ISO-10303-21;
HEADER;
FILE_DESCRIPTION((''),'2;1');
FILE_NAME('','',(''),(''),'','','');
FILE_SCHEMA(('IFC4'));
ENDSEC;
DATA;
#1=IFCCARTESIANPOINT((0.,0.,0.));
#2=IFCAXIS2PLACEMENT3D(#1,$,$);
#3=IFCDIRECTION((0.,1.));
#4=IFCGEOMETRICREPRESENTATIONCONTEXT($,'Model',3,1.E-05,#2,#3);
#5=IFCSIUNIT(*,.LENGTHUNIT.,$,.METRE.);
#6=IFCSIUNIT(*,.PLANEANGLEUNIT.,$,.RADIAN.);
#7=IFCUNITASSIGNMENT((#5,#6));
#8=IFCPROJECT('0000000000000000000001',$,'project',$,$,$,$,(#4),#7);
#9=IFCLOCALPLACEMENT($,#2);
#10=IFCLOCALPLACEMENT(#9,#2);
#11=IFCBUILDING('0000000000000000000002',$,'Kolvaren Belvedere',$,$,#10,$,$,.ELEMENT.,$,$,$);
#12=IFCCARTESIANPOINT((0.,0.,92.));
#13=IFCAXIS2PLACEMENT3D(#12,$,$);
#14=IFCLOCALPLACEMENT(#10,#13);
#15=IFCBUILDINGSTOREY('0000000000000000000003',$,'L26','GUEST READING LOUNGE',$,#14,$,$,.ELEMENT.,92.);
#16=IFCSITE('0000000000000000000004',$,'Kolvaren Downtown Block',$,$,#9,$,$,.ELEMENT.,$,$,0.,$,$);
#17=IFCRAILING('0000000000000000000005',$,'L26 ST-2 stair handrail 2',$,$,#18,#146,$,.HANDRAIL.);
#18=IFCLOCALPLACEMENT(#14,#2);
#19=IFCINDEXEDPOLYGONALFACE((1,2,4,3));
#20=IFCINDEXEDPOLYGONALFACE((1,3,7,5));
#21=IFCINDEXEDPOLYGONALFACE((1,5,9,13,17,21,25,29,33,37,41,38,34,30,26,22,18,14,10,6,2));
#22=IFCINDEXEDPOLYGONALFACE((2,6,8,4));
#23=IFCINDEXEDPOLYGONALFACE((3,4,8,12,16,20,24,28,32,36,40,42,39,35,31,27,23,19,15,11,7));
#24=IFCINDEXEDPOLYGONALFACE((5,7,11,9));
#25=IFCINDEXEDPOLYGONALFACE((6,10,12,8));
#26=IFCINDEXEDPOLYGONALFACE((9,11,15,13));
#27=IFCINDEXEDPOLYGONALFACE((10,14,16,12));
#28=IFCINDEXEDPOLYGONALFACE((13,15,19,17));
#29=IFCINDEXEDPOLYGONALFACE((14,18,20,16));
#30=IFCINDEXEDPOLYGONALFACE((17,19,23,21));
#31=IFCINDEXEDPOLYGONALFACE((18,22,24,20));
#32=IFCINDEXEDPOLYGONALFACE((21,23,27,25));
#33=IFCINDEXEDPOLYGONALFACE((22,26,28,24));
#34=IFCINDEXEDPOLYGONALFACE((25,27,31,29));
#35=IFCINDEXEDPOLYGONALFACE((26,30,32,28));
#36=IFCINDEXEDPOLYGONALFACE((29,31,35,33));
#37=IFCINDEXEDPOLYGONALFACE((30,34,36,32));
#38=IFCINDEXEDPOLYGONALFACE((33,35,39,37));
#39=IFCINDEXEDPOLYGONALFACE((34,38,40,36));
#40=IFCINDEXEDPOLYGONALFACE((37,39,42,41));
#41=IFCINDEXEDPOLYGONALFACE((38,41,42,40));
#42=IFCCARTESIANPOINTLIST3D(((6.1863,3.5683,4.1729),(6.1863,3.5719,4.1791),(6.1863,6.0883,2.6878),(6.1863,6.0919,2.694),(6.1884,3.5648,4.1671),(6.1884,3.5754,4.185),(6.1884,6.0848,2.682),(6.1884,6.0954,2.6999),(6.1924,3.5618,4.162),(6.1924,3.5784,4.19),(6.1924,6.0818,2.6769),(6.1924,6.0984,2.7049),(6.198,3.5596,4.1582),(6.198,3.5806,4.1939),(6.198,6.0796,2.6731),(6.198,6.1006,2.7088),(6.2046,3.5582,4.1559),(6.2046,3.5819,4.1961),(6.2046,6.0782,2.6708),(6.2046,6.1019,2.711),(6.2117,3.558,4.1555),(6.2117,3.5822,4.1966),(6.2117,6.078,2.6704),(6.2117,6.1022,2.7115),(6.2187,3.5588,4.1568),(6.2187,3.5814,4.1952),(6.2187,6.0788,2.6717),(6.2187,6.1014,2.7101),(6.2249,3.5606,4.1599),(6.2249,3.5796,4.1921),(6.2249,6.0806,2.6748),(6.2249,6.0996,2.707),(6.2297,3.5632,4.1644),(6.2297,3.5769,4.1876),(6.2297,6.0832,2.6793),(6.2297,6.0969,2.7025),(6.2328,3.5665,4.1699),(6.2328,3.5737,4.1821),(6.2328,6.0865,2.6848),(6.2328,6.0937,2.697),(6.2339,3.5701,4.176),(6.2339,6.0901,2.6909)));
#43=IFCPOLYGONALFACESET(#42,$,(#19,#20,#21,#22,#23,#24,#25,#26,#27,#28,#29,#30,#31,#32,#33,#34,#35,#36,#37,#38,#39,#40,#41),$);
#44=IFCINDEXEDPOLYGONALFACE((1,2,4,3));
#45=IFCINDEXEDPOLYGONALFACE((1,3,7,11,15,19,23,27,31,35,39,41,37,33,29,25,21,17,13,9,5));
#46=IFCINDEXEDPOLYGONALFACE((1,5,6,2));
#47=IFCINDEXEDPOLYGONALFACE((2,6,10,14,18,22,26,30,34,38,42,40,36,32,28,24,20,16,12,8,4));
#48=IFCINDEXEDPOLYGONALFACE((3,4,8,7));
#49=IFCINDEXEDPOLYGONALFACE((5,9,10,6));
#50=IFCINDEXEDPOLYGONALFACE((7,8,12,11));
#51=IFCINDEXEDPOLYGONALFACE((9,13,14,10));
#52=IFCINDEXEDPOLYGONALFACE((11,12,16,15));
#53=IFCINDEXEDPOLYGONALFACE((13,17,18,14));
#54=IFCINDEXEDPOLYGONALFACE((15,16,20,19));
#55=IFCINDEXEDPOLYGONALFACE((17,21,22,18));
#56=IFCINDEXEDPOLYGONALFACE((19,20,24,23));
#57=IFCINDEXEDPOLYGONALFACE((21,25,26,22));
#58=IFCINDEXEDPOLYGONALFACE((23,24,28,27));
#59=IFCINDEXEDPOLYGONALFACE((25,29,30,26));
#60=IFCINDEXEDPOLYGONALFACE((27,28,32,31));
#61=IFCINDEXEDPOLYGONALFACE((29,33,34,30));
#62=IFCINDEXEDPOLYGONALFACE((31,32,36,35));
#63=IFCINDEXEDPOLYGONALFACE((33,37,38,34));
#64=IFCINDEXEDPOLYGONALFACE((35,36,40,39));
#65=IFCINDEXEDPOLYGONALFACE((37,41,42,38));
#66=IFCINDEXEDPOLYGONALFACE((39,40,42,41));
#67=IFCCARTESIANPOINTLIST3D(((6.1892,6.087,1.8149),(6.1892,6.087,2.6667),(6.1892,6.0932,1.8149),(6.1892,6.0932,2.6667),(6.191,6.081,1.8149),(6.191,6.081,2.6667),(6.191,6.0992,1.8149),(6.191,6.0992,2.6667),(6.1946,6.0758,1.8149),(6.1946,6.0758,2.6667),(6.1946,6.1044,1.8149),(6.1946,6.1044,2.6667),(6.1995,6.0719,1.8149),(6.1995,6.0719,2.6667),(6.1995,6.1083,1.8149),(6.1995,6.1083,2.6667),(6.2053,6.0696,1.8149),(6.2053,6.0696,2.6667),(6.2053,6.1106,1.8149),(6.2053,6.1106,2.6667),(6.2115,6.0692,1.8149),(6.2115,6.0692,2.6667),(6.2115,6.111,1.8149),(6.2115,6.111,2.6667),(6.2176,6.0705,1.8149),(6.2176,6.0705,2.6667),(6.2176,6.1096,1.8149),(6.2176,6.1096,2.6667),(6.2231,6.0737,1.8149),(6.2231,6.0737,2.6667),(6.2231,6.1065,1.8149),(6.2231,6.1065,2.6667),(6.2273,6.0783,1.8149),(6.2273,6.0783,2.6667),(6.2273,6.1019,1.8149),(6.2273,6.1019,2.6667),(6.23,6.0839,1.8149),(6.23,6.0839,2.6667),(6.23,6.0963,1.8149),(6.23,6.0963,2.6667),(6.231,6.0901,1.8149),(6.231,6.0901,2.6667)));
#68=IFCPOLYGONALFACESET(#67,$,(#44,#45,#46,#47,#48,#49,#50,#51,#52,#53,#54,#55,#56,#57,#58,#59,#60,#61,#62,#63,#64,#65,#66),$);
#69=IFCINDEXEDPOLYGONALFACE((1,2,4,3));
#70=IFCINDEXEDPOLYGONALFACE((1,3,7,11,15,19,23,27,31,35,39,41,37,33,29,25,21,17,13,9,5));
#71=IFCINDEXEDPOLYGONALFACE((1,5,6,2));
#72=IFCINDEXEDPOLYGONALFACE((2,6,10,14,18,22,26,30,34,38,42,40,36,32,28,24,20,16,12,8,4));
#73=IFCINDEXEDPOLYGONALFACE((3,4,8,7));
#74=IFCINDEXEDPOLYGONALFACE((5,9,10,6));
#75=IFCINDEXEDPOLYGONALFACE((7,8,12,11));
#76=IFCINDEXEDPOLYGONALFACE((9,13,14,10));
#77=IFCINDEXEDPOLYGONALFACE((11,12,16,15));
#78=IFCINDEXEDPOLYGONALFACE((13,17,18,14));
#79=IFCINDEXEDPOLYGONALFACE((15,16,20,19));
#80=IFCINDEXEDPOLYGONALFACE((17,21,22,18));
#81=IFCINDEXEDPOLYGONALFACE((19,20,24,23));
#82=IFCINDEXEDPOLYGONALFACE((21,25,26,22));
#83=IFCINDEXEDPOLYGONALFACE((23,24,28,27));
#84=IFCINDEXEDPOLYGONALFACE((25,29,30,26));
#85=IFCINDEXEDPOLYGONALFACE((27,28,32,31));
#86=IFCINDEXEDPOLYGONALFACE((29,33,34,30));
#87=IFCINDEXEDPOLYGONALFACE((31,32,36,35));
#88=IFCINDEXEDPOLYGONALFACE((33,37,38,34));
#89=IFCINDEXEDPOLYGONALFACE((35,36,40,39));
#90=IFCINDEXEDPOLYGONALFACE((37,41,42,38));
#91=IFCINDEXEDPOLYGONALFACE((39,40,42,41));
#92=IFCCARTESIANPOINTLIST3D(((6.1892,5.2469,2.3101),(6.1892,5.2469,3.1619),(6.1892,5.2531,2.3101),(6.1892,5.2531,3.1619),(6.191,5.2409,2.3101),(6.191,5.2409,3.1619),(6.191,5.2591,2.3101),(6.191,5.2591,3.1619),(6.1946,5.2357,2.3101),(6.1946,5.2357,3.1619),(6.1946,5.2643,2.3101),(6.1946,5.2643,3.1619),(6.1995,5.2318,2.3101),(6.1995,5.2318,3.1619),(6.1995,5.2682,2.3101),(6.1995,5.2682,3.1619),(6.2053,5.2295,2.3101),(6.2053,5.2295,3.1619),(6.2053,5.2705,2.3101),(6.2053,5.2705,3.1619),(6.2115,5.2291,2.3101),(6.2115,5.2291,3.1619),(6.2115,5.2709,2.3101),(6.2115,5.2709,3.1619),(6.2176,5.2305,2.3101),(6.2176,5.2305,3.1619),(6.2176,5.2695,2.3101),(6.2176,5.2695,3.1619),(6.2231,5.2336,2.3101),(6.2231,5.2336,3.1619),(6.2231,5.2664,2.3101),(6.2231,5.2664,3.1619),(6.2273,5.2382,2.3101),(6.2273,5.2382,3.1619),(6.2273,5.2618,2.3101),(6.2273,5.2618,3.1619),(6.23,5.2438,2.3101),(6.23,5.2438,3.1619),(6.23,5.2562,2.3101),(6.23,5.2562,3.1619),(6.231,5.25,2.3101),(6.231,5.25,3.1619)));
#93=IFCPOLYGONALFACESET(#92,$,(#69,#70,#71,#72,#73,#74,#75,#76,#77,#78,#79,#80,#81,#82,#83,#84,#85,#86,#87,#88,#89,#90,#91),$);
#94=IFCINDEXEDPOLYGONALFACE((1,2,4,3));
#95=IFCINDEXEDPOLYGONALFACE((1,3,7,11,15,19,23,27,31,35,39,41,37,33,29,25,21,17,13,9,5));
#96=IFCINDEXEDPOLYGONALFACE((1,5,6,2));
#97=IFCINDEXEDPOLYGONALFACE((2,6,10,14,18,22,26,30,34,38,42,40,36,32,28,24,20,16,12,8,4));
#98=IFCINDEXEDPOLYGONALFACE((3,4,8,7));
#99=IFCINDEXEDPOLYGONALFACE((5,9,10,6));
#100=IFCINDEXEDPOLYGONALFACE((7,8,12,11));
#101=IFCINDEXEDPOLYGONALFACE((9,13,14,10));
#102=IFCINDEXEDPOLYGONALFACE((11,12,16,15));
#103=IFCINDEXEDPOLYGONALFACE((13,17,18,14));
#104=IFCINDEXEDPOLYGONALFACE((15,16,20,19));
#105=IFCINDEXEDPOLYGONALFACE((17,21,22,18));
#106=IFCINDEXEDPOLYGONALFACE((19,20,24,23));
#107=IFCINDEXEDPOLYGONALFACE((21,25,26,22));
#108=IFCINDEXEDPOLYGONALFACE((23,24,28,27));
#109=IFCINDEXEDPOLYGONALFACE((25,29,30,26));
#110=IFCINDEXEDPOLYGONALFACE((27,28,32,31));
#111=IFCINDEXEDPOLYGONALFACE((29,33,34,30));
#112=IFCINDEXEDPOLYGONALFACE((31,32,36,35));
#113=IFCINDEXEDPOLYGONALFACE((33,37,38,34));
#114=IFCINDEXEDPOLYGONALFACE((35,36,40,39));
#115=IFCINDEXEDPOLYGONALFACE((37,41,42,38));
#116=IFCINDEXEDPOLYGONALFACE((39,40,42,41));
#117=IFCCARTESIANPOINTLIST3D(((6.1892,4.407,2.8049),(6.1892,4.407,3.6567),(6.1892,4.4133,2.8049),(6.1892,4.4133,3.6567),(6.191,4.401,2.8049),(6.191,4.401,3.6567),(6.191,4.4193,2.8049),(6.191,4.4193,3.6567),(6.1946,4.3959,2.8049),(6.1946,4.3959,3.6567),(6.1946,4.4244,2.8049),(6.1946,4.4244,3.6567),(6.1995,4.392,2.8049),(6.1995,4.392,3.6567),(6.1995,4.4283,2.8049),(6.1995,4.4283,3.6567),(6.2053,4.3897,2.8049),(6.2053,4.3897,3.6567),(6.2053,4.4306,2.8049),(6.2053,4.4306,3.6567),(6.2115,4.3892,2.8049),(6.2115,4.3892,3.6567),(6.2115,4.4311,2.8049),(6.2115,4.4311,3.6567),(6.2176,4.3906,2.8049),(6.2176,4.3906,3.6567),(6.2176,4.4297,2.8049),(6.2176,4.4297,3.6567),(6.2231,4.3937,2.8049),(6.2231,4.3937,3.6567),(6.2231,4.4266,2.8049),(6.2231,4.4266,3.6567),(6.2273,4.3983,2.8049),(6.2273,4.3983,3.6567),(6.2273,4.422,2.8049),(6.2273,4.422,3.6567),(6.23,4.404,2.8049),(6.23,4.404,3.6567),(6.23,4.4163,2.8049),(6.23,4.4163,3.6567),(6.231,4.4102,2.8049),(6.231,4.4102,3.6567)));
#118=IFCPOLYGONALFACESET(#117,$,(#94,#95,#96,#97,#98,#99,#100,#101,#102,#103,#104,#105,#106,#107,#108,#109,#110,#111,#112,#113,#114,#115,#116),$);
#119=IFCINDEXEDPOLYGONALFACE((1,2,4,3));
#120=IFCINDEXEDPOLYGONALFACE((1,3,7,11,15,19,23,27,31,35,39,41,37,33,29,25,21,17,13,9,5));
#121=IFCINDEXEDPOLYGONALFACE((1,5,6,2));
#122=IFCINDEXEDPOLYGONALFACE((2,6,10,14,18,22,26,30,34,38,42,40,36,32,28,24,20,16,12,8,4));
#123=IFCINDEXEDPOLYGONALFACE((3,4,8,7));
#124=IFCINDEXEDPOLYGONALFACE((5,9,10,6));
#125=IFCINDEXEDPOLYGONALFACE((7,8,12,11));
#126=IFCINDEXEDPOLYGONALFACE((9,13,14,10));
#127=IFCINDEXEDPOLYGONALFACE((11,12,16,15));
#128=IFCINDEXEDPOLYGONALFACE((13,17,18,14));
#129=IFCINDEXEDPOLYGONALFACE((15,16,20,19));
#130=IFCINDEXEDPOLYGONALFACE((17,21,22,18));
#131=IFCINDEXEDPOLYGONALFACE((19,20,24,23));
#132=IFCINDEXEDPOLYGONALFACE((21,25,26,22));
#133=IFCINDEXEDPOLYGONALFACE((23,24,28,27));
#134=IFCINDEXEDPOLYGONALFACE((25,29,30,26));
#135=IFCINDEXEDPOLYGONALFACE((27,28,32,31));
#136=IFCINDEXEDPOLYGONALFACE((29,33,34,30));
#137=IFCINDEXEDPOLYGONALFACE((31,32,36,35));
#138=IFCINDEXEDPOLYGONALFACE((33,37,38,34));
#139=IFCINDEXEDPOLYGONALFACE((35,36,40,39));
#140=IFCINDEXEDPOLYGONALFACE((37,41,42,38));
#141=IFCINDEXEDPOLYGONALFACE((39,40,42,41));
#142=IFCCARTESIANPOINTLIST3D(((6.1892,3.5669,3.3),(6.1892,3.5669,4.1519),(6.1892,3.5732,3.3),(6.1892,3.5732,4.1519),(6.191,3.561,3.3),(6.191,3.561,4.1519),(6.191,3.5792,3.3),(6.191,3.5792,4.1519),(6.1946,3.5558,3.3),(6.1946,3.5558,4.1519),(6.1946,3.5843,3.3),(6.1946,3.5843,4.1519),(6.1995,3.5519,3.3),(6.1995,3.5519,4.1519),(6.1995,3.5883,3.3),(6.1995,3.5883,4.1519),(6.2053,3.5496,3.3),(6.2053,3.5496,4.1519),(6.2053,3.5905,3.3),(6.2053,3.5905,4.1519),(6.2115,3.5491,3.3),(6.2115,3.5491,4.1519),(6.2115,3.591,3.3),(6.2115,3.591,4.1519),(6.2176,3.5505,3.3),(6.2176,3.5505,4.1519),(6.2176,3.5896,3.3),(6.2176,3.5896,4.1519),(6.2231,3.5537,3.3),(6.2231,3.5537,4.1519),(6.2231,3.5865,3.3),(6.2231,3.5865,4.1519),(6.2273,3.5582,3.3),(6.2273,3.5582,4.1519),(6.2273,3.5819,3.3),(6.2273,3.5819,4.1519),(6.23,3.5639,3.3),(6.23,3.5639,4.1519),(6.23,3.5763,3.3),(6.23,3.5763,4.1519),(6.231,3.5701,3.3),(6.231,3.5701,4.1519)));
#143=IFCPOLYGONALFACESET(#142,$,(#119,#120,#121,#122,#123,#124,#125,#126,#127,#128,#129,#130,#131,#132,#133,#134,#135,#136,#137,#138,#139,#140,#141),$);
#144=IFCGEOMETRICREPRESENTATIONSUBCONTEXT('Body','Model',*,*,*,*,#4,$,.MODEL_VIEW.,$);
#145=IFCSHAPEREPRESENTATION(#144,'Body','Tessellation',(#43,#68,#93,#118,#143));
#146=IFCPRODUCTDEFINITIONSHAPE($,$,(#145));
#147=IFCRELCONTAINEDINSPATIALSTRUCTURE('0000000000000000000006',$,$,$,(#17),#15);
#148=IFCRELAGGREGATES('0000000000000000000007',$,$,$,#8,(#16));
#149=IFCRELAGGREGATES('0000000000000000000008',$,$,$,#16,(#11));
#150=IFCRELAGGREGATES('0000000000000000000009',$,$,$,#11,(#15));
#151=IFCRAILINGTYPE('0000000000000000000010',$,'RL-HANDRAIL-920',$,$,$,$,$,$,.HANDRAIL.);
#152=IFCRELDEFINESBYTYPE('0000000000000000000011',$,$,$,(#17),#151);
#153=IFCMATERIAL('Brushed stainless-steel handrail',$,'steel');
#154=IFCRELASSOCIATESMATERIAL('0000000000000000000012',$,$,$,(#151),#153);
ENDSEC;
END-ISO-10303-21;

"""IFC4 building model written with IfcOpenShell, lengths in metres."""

from ifc_helpers import new_model, si_unit, direction, frame, origin, origin_2d, place, context, subcontext, project, spatial, circle, extrude, material, type_object, element, save


model = new_model("IFC4")

# Units and contexts
model_context = context("Model", 3, precision=1e-05, world=origin(), true_north=direction((0.0, 1.0)))
body_context = subcontext(model_context, "Body", "Model", "MODEL_VIEW")
ifc_project = project(units=[si_unit("LENGTHUNIT", "METRE"), si_unit("PLANEANGLEUNIT", "RADIAN")], contexts=[model_context])

# Site, building, storey
site_placement = place(None, origin())
site = spatial("IfcSite", under=ifc_project, at=site_placement, Name="Kolvaren Downtown Block", CompositionType="ELEMENT", RefElevation=0.0)
building_placement = place(site_placement, origin())
building = spatial("IfcBuilding", under=site, at=building_placement, Name="Kolvaren Belvedere", CompositionType="ELEMENT")
storey_placement = place(building_placement, frame((0.0, 0.0, 92.0)))
storey = spatial("IfcBuildingStorey", under=building, at=storey_placement, Name="L26", Description="GUEST READING LOUNGE", CompositionType="ELEMENT", Elevation=92.0)

# Railing
ifc_material_1 = material(Name="Brushed stainless-steel handrail", Category="steel")
railing_type_1 = type_object("IfcRailingType", Name="RL-HANDRAIL-920", PredefinedType="HANDRAIL", material=ifc_material_1)
railing_1_placement = place(storey_placement, frame((6.21, 6.0901, 1.8149)))
element("IfcRailing", 1, at=railing_1_placement, inside=storey, type_object=railing_type_1, Name="L26 ST-2 stair handrail 2", PredefinedType="HANDRAIL", context=body_context, shape_type="SweptSolid", body=[
    extrude(circle(Radius=0.0239, at=origin_2d()), frame((0.0, 0.0, 0.876), z_axis=(0.0, -0.861524, 0.507717), x_axis=(1.0, 0.0, 0.0)), (0.0, 0.0, 1.0), 2.925),
    extrude(circle(Radius=0.021, at=origin_2d()), origin(), (0.0, 0.0, 1.0), 0.8518),
    extrude(circle(Radius=0.021, at=origin_2d()), frame((0.0, -0.8401, 0.4951)), (0.0, 0.0, 1.0), 0.8518),
    extrude(circle(Radius=0.021, at=origin_2d()), frame((0.0, -1.6799, 0.99)), (0.0, 0.0, 1.0), 0.8518),
    extrude(circle(Radius=0.021, at=origin_2d()), frame((0.0, -2.52, 1.4851)), (0.0, 0.0, 1.0), 0.8518),
])

save(model, "model.ifc")
